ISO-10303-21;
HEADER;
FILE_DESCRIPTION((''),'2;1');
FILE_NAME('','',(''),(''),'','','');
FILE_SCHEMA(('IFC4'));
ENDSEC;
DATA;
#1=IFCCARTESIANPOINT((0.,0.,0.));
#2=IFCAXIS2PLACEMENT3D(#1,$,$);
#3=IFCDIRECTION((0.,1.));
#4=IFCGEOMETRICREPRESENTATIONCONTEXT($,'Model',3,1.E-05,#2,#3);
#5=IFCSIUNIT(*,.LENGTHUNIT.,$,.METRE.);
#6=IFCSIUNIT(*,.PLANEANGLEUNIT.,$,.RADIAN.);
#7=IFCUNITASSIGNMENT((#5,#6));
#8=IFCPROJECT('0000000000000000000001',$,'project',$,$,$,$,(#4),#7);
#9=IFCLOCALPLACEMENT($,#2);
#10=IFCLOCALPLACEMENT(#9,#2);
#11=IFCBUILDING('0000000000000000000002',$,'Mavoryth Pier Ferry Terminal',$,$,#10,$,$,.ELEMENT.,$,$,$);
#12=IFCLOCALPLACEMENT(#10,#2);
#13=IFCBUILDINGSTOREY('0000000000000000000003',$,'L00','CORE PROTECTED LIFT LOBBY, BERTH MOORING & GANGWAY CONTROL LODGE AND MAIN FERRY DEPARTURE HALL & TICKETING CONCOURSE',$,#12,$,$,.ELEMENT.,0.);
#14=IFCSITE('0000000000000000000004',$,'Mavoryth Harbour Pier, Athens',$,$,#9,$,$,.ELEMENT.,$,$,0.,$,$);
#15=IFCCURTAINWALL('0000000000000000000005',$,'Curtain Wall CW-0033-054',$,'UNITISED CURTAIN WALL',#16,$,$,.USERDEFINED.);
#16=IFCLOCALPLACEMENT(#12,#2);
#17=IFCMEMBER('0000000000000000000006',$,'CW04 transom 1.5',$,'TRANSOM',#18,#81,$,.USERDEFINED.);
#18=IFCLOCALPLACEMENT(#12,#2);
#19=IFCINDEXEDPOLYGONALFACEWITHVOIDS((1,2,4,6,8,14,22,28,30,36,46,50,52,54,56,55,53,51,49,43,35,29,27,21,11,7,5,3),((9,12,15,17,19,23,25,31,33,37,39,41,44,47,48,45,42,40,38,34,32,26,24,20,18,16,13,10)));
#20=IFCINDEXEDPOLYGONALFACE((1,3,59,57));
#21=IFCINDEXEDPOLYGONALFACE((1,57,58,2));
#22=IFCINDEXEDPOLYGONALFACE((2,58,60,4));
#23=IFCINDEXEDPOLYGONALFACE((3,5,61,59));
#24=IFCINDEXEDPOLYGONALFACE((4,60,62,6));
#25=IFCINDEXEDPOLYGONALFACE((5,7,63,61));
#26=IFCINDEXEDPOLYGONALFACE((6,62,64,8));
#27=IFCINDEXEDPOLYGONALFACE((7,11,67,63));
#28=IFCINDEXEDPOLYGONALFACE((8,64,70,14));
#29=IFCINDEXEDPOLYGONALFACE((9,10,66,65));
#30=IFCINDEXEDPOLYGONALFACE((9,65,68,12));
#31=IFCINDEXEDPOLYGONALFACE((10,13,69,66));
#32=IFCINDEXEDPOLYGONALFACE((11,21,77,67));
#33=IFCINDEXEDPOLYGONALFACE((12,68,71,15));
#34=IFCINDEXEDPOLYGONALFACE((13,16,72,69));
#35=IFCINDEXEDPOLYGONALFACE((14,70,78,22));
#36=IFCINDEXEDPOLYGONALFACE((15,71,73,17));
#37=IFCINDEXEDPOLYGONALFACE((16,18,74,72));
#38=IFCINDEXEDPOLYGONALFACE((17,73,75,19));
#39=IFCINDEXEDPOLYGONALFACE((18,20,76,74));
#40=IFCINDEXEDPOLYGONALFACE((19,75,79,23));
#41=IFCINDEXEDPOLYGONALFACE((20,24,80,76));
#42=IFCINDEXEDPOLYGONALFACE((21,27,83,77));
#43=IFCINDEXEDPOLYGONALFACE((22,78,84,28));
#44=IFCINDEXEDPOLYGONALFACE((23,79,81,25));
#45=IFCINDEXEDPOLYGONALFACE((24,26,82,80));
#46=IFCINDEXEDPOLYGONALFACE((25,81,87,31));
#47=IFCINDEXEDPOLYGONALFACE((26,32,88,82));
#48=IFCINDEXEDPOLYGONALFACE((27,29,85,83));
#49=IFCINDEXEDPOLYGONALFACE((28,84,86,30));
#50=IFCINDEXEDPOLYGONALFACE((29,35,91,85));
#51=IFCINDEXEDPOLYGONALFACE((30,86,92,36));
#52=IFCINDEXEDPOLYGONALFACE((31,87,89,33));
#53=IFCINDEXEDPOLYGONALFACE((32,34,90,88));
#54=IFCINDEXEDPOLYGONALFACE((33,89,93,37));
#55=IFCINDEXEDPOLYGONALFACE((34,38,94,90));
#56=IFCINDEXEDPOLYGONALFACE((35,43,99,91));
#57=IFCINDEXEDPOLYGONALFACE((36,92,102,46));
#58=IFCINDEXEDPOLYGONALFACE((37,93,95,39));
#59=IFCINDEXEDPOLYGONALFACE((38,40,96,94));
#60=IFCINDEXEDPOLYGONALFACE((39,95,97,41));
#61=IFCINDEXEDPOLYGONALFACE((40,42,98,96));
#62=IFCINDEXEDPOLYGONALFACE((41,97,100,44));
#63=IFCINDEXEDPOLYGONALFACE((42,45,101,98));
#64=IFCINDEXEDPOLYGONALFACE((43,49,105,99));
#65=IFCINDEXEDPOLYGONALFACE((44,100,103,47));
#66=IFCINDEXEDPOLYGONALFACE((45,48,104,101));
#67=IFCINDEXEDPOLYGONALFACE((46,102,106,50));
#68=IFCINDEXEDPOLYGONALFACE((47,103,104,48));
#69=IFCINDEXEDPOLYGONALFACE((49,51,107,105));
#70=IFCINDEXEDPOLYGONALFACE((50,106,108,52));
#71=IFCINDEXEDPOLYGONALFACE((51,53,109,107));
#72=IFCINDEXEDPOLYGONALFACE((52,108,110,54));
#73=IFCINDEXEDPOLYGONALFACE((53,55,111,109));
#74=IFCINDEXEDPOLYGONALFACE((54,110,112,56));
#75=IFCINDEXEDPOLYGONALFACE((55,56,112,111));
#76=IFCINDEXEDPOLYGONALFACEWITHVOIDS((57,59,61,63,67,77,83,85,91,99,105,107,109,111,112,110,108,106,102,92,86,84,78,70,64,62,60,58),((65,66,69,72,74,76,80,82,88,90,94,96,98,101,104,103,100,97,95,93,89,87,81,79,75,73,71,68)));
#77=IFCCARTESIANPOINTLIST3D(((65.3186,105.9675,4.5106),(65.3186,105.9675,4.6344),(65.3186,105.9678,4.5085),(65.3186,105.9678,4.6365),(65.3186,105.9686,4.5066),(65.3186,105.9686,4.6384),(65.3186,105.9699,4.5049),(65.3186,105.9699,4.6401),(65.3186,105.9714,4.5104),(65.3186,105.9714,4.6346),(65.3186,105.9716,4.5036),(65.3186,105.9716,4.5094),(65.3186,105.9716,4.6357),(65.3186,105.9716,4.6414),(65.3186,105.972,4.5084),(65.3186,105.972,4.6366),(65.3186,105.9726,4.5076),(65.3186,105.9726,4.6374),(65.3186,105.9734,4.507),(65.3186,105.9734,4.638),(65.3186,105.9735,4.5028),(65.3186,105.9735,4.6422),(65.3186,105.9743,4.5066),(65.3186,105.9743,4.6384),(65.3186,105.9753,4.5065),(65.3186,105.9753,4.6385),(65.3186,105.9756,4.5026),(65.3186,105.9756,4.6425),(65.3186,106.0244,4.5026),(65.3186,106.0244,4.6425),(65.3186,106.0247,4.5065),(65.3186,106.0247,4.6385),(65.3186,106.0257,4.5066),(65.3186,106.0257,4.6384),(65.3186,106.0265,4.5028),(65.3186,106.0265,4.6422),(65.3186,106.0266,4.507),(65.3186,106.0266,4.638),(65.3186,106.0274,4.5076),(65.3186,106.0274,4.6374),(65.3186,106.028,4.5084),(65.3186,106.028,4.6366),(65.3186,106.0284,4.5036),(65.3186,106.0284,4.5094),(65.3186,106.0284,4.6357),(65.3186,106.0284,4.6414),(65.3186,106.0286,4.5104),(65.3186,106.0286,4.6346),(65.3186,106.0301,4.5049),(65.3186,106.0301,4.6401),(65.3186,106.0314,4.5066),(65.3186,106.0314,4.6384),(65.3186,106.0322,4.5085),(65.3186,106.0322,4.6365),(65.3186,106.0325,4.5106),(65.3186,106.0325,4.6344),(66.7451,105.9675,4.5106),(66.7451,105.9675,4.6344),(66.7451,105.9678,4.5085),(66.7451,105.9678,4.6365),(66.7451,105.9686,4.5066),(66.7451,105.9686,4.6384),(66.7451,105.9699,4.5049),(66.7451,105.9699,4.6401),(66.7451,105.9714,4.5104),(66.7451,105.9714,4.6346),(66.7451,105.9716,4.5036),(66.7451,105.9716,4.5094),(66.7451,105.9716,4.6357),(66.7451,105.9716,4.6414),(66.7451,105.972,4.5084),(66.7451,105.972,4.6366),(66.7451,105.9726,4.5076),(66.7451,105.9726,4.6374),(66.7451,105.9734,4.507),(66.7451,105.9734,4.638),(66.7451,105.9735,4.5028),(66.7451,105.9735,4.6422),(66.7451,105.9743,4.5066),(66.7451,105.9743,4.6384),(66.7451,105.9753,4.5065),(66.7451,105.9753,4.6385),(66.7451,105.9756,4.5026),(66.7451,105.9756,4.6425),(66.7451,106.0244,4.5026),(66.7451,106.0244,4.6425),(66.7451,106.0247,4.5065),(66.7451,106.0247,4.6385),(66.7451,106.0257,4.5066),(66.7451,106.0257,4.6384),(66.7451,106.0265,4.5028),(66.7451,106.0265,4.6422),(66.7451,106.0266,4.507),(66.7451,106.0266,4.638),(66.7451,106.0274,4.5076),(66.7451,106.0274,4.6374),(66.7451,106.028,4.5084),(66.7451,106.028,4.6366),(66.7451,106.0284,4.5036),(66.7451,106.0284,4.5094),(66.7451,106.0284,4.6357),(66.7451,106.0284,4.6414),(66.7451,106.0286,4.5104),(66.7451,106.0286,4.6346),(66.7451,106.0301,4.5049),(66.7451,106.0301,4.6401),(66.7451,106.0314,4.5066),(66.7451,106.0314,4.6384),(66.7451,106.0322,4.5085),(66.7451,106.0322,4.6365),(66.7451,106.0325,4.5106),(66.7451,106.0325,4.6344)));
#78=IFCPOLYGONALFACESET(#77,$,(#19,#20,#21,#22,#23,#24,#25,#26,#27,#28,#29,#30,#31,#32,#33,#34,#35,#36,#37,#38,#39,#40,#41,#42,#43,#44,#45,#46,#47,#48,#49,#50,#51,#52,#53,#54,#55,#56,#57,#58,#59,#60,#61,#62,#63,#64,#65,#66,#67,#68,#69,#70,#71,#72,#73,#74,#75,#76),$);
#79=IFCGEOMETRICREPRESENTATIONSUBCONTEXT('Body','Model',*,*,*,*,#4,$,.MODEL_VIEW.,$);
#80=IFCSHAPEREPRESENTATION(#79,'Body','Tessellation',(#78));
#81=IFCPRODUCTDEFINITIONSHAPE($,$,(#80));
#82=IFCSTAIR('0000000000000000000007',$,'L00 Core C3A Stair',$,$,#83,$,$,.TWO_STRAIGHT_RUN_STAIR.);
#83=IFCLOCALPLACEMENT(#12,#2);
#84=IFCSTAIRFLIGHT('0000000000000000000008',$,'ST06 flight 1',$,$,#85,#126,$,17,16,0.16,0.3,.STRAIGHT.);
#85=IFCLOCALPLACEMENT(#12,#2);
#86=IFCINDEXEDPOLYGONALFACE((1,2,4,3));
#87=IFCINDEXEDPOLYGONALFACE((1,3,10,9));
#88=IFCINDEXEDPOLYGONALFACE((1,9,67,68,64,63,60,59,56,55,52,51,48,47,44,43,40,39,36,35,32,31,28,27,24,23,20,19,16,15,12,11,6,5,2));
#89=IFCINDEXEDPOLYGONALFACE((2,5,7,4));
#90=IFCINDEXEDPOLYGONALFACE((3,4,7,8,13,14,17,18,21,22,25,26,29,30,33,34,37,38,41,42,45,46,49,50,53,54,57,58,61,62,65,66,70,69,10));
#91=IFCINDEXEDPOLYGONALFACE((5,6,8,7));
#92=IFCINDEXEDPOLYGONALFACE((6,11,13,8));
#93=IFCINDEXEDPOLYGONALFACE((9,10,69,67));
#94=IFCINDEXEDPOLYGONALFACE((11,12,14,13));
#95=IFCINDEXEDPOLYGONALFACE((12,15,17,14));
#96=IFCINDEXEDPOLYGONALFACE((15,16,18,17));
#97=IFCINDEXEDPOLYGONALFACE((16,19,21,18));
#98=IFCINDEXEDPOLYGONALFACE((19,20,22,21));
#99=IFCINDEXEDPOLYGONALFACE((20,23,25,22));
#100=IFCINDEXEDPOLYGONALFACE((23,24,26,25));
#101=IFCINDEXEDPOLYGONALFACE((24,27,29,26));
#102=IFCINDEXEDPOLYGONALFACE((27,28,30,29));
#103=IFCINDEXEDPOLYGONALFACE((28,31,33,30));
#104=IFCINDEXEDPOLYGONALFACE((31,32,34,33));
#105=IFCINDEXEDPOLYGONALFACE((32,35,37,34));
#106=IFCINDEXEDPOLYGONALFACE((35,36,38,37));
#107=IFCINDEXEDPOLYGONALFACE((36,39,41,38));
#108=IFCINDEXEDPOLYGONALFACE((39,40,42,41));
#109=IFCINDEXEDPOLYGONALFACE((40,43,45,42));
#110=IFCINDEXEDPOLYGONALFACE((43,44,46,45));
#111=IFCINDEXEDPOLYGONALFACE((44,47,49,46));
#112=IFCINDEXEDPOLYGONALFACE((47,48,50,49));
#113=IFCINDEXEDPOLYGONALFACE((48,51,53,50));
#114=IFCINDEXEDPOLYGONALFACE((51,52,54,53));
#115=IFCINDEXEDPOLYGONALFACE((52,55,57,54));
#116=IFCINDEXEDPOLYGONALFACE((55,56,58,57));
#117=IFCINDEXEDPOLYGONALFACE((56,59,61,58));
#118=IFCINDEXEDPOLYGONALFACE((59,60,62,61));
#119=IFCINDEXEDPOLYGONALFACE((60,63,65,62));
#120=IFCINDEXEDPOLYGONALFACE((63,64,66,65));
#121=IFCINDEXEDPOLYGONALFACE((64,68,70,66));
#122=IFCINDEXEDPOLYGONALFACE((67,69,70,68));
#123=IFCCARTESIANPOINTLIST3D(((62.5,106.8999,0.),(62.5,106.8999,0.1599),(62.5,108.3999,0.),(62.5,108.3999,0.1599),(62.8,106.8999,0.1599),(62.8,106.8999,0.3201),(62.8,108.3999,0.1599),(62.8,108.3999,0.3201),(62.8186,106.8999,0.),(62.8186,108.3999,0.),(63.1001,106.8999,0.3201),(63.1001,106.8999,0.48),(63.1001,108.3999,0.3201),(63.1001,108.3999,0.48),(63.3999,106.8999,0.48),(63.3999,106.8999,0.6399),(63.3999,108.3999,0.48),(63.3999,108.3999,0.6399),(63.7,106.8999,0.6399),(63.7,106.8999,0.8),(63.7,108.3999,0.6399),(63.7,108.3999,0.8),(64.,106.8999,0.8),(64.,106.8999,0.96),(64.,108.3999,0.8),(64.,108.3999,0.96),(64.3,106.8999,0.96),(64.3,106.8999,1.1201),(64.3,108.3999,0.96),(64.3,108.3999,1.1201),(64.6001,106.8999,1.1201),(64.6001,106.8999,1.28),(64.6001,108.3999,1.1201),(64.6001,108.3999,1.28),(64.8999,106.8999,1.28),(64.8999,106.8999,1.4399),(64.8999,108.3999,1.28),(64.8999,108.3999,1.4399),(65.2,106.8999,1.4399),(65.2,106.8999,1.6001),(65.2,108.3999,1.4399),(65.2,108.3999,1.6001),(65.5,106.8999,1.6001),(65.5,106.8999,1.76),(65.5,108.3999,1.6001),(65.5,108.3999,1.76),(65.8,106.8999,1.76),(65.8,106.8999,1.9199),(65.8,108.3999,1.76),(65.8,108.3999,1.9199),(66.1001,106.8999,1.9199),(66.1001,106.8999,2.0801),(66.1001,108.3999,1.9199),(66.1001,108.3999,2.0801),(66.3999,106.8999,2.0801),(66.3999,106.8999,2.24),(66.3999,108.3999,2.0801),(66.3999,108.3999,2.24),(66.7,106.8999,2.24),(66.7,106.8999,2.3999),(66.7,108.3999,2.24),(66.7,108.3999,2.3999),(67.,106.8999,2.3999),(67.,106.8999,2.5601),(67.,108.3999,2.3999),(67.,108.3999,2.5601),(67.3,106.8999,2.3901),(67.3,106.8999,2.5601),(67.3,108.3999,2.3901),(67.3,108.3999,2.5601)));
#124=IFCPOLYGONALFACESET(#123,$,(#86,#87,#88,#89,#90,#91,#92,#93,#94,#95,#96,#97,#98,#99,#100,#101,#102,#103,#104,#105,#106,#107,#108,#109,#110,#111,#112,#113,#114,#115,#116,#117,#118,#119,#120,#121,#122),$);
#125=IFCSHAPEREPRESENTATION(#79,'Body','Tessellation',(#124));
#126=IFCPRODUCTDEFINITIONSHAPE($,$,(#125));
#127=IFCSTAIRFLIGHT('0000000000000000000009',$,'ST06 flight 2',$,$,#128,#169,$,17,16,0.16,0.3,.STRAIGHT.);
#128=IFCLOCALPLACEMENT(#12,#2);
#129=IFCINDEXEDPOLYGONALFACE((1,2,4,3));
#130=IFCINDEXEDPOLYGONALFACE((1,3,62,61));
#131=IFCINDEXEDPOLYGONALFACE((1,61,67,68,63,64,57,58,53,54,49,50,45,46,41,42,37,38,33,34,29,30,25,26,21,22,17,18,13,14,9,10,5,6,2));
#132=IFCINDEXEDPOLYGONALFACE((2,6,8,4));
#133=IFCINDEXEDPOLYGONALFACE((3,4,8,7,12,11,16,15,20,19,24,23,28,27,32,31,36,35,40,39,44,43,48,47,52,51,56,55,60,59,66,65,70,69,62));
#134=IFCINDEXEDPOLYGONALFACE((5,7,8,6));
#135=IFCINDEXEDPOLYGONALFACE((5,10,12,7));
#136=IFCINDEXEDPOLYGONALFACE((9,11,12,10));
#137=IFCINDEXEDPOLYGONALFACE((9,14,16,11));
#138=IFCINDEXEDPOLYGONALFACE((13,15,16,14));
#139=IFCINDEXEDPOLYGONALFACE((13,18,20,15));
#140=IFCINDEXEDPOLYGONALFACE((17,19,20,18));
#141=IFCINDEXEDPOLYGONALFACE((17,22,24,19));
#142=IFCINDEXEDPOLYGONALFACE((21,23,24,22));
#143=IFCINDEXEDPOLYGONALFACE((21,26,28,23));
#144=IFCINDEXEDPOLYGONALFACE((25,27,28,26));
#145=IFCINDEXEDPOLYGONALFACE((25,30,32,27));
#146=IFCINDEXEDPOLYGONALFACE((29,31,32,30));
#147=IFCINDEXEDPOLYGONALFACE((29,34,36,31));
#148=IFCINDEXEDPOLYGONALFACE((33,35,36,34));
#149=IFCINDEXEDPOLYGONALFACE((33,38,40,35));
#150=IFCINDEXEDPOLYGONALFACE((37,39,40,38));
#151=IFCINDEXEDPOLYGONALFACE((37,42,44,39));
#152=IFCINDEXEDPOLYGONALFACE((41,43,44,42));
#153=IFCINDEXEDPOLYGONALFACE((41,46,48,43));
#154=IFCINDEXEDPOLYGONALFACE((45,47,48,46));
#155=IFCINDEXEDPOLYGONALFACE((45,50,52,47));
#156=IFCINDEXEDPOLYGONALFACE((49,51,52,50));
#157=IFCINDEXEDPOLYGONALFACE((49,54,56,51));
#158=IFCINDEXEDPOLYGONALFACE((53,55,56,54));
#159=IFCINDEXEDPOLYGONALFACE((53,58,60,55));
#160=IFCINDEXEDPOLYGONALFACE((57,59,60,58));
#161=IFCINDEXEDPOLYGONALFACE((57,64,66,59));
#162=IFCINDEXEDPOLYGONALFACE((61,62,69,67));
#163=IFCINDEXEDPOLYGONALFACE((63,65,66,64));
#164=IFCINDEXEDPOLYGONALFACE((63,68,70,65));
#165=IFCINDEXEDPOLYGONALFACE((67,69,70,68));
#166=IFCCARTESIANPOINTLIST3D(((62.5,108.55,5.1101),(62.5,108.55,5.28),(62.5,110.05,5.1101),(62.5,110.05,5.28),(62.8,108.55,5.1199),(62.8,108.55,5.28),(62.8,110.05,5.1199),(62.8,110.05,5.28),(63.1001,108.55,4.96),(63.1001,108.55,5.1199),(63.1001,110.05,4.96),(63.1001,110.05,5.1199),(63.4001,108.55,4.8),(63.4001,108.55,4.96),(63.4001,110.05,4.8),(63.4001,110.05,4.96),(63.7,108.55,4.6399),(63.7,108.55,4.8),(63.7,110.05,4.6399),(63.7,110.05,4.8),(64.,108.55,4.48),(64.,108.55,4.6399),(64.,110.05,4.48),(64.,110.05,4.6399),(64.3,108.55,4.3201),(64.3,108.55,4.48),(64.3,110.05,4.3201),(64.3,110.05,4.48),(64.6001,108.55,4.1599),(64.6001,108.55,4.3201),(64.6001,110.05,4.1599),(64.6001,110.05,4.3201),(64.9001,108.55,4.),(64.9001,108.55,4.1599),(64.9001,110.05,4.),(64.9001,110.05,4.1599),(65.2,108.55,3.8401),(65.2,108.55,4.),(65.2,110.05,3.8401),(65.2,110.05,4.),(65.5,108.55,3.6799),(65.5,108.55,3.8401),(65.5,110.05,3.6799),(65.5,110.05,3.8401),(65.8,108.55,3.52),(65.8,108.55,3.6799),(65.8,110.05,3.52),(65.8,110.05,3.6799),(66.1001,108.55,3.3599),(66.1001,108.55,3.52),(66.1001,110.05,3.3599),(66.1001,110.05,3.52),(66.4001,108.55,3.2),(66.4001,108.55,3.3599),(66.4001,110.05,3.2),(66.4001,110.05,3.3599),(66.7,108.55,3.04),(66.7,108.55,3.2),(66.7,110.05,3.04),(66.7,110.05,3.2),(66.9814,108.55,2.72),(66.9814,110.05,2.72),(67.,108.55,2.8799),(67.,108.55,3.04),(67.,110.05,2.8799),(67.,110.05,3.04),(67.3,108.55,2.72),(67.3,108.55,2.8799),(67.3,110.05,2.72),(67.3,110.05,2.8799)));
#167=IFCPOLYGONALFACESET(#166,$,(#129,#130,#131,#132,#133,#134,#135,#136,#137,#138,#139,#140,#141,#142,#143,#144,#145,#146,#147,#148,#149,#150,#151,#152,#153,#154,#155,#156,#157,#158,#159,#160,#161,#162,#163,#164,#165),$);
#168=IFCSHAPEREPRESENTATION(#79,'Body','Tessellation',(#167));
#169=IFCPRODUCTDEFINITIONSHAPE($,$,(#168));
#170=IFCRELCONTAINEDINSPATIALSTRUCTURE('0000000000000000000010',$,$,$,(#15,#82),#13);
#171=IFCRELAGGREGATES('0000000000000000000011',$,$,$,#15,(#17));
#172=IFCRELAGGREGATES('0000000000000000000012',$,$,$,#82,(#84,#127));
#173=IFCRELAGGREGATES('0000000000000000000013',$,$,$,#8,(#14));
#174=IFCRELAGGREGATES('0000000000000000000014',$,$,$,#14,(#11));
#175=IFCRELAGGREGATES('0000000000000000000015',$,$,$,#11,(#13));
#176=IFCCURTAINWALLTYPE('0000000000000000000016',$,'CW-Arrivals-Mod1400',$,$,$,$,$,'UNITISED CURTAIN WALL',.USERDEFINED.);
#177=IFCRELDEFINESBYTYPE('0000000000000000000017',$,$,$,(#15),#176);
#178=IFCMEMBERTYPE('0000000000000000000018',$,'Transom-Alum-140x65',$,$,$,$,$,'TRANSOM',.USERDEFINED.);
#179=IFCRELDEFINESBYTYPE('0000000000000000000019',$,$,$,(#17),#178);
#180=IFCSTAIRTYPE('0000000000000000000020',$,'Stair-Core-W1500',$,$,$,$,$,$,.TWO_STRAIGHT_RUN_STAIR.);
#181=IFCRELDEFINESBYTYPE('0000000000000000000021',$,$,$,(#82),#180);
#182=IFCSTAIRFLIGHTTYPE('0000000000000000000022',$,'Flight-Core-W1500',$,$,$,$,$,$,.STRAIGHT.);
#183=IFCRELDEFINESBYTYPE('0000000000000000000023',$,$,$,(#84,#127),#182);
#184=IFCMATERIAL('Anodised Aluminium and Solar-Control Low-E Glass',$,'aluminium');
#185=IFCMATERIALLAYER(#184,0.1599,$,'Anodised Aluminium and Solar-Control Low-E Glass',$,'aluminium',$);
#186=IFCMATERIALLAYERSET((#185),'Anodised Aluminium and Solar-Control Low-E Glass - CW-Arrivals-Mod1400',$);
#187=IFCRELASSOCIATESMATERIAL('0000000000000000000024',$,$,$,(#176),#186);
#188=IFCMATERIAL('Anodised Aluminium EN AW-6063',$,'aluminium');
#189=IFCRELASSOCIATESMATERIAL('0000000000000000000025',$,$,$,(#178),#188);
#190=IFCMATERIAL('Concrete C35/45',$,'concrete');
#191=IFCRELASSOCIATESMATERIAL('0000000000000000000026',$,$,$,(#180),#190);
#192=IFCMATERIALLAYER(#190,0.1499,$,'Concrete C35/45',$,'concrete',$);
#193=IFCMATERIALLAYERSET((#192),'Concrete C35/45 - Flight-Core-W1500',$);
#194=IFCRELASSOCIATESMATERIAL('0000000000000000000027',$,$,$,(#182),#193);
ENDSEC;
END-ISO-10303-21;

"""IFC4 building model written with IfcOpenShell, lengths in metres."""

from ifc_helpers import new_model, si_unit, direction, frame, origin, origin_2d, place, context, subcontext, project, spatial, polyline, hollow_rectangle, outline, extrude, material, layer, layer_set, material_profile, profile_set, type_object, element, aggregate, save


model = new_model("IFC4")

# Units and contexts
model_context = context("Model", 3, precision=1e-05, world=origin(), true_north=direction((0.0, 1.0)))
body_context = subcontext(model_context, "Body", "Model", "MODEL_VIEW")
ifc_project = project(units=[si_unit("LENGTHUNIT", "METRE"), si_unit("PLANEANGLEUNIT", "RADIAN")], contexts=[model_context])

# Site, building, storey
site_placement = place(None, origin())
site = spatial("IfcSite", under=ifc_project, at=site_placement, Name="Mavoryth Harbour Pier, Athens", CompositionType="ELEMENT", RefElevation=0.0)
building_placement = place(site_placement, origin())
building = spatial("IfcBuilding", under=site, at=building_placement, Name="Mavoryth Pier Ferry Terminal", CompositionType="ELEMENT")
storey_placement = place(building_placement, origin())
storey = spatial("IfcBuildingStorey", under=building, at=storey_placement, Name="L00", Description="CORE PROTECTED LIFT LOBBY, BERTH MOORING & GANGWAY CONTROL LODGE AND MAIN FERRY DEPARTURE HALL & TICKETING CONCOURSE", CompositionType="ELEMENT", Elevation=0.0)

# Shared definitions
ifc_material_1 = material(Name="Concrete C35/45", Category="concrete")

# Curtain wall
ifc_material_2 = material(Name="Anodised Aluminium and Solar-Control Low-E Glass", Category="aluminium")
ifc_layer_1 = layer(ifc_material_2, 0.1599, Name="Anodised Aluminium and Solar-Control Low-E Glass", Category="aluminium")
ifc_layer_set_1 = layer_set([ifc_layer_1], Name="Anodised Aluminium and Solar-Control Low-E Glass - CW-Arrivals-Mod1400")
curtain_wall_type = type_object("IfcCurtainWallType", Name="CW-Arrivals-Mod1400", ElementType="UNITISED CURTAIN WALL", PredefinedType="USERDEFINED", material=ifc_layer_set_1)
curtain_wall_1_placement = place(storey_placement, origin())
curtain_wall_1 = element("IfcCurtainWall", 1, at=curtain_wall_1_placement, inside=storey, type_object=curtain_wall_type, Name="Curtain Wall CW-0033-054", ObjectType="UNITISED CURTAIN WALL", PredefinedType="USERDEFINED")
ifc_material_3 = material(Name="Anodised Aluminium EN AW-6063", Category="aluminium")

# Member
ifc_material_profile_1 = material_profile(ifc_material_3, hollow_rectangle(XDim=0.0649, YDim=0.1399, WallThickness=0.0039, InnerFilletRadius=0.0039, OuterFilletRadius=0.0081, at=origin_2d()), Name="AL-TRAN 140x65x4", Category="aluminium")
ifc_profile_set_1 = profile_set([ifc_material_profile_1], Name="Anodised Aluminium EN AW-6063 - AL-TRAN 140x65x4")
member_type_1 = type_object("IfcMemberType", Name="Transom-Alum-140x65", ElementType="TRANSOM", PredefinedType="USERDEFINED", material=ifc_profile_set_1)
member_1_placement = place(storey_placement, frame((66.7451, 106.0, 4.5725), z_axis=(-1.0, 0.0, 0.0), x_axis=(0.0, -1.0, 0.0)))
member_1 = element("IfcMember", 2, at=member_1_placement, type_object=member_type_1, Name="CW04 transom 1.5", ObjectType="TRANSOM", PredefinedType="USERDEFINED", context=body_context, shape_type="SweptSolid", body=[
    extrude(hollow_rectangle(XDim=0.0649, YDim=0.1399, WallThickness=0.0039, InnerFilletRadius=0.0039, OuterFilletRadius=0.0081, at=origin_2d()), origin(), (0.0, 0.0, 1.0), 1.4265),
])
aggregate(curtain_wall_1, [member_1])

# Stair, stair flights
stair_type = type_object("IfcStairType", Name="Stair-Core-W1500", PredefinedType="TWO_STRAIGHT_RUN_STAIR", material=ifc_material_1)
stair_placement = place(storey_placement, origin())
stair = element("IfcStair", 3, at=stair_placement, inside=storey, type_object=stair_type, Name="L00 Core C3A Stair", PredefinedType="TWO_STRAIGHT_RUN_STAIR")
ifc_layer_2 = layer(ifc_material_1, 0.1499, Name="Concrete C35/45", Category="concrete")
ifc_layer_set_2 = layer_set([ifc_layer_2], Name="Concrete C35/45 - Flight-Core-W1500")
stair_flight_type = type_object("IfcStairFlightType", Name="Flight-Core-W1500", PredefinedType="STRAIGHT", material=ifc_layer_set_2)
stair_flight_1_placement = place(storey_placement, frame((62.5, 107.6499, 0.0), z_axis=(0.0, 0.0, 1.0), x_axis=(1.0, 0.0, 0.0)))
stair_flight_1 = element("IfcStairFlight", 4, at=stair_flight_1_placement, type_object=stair_flight_type, Name="ST06 flight 1", NumberOfRisers=17, NumberOfTreads=16, PredefinedType="STRAIGHT", RiserHeight=0.16, TreadLength=0.3, context=body_context, shape_type="SweptSolid", body=[
    extrude(outline(polyline([(0.0, 0.0), (0.0, 0.1599), (0.3, 0.1599), (0.3, 0.3201), (0.6001, 0.3201), (0.6001, 0.48), (0.8999, 0.48), (0.8999, 0.6399), (1.2, 0.6399), (1.2, 0.8), (1.5, 0.8), (1.5, 0.96), (1.8, 0.96), (1.8, 1.1201), (2.1001, 1.1201), (2.1001, 1.28), (2.3999, 1.28), (2.3999, 1.4399), (2.7, 1.4399), (2.7, 1.6001), (3.0, 1.6001), (3.0, 1.76), (3.3, 1.76), (3.3, 1.9199), (3.6001, 1.9199), (3.6001, 2.0801), (3.8999, 2.0801), (3.8999, 2.24), (4.2, 2.24), (4.2, 2.3999), (4.5, 2.3999), (4.5, 2.5601), (4.8, 2.5601), (4.8, 2.72), (4.8, 2.3901), (0.3186, 0.0), (0.0, 0.0)])), frame((0.0, 0.75, 0.0), z_axis=(0.0, -1.0, 0.0), x_axis=(1.0, 0.0, 0.0)), (0.0, 0.0, 1.0), 1.5),
])
stair_flight_2_placement = place(storey_placement, frame((67.3, 109.3, 2.72), z_axis=(0.0, 0.0, 1.0), x_axis=(-1.0, 0.0, 0.0)))
stair_flight_2 = element("IfcStairFlight", 5, at=stair_flight_2_placement, type_object=stair_flight_type, Name="ST06 flight 2", NumberOfRisers=17, NumberOfTreads=16, PredefinedType="STRAIGHT", RiserHeight=0.16, TreadLength=0.3, context=body_context, shape_type="SweptSolid", body=[
    extrude(outline(polyline([(0.0, 0.0), (0.0, 0.1599), (0.3, 0.1599), (0.3, 0.3201), (0.6001, 0.3201), (0.6001, 0.48), (0.8999, 0.48), (0.8999, 0.6399), (1.2, 0.6399), (1.2, 0.8), (1.5, 0.8), (1.5, 0.96), (1.8, 0.96), (1.8, 1.1201), (2.1001, 1.1201), (2.1001, 1.28), (2.3999, 1.28), (2.3999, 1.4399), (2.7, 1.4399), (2.7, 1.6001), (3.0, 1.6001), (3.0, 1.76), (3.3, 1.76), (3.3, 1.9199), (3.6001, 1.9199), (3.6001, 2.0801), (3.8999, 2.0801), (3.8999, 2.24), (4.2, 2.24), (4.2, 2.3999), (4.5, 2.3999), (4.5, 2.5601), (4.8, 2.5601), (4.8, 2.72), (4.8, 2.3901), (0.3186, 0.0), (0.0, 0.0)])), frame((0.0, 0.75, 0.0), z_axis=(0.0, -1.0, 0.0), x_axis=(1.0, 0.0, 0.0)), (0.0, 0.0, 1.0), 1.5),
])
aggregate(stair, [stair_flight_1, stair_flight_2])

save(model, "model.ifc")
